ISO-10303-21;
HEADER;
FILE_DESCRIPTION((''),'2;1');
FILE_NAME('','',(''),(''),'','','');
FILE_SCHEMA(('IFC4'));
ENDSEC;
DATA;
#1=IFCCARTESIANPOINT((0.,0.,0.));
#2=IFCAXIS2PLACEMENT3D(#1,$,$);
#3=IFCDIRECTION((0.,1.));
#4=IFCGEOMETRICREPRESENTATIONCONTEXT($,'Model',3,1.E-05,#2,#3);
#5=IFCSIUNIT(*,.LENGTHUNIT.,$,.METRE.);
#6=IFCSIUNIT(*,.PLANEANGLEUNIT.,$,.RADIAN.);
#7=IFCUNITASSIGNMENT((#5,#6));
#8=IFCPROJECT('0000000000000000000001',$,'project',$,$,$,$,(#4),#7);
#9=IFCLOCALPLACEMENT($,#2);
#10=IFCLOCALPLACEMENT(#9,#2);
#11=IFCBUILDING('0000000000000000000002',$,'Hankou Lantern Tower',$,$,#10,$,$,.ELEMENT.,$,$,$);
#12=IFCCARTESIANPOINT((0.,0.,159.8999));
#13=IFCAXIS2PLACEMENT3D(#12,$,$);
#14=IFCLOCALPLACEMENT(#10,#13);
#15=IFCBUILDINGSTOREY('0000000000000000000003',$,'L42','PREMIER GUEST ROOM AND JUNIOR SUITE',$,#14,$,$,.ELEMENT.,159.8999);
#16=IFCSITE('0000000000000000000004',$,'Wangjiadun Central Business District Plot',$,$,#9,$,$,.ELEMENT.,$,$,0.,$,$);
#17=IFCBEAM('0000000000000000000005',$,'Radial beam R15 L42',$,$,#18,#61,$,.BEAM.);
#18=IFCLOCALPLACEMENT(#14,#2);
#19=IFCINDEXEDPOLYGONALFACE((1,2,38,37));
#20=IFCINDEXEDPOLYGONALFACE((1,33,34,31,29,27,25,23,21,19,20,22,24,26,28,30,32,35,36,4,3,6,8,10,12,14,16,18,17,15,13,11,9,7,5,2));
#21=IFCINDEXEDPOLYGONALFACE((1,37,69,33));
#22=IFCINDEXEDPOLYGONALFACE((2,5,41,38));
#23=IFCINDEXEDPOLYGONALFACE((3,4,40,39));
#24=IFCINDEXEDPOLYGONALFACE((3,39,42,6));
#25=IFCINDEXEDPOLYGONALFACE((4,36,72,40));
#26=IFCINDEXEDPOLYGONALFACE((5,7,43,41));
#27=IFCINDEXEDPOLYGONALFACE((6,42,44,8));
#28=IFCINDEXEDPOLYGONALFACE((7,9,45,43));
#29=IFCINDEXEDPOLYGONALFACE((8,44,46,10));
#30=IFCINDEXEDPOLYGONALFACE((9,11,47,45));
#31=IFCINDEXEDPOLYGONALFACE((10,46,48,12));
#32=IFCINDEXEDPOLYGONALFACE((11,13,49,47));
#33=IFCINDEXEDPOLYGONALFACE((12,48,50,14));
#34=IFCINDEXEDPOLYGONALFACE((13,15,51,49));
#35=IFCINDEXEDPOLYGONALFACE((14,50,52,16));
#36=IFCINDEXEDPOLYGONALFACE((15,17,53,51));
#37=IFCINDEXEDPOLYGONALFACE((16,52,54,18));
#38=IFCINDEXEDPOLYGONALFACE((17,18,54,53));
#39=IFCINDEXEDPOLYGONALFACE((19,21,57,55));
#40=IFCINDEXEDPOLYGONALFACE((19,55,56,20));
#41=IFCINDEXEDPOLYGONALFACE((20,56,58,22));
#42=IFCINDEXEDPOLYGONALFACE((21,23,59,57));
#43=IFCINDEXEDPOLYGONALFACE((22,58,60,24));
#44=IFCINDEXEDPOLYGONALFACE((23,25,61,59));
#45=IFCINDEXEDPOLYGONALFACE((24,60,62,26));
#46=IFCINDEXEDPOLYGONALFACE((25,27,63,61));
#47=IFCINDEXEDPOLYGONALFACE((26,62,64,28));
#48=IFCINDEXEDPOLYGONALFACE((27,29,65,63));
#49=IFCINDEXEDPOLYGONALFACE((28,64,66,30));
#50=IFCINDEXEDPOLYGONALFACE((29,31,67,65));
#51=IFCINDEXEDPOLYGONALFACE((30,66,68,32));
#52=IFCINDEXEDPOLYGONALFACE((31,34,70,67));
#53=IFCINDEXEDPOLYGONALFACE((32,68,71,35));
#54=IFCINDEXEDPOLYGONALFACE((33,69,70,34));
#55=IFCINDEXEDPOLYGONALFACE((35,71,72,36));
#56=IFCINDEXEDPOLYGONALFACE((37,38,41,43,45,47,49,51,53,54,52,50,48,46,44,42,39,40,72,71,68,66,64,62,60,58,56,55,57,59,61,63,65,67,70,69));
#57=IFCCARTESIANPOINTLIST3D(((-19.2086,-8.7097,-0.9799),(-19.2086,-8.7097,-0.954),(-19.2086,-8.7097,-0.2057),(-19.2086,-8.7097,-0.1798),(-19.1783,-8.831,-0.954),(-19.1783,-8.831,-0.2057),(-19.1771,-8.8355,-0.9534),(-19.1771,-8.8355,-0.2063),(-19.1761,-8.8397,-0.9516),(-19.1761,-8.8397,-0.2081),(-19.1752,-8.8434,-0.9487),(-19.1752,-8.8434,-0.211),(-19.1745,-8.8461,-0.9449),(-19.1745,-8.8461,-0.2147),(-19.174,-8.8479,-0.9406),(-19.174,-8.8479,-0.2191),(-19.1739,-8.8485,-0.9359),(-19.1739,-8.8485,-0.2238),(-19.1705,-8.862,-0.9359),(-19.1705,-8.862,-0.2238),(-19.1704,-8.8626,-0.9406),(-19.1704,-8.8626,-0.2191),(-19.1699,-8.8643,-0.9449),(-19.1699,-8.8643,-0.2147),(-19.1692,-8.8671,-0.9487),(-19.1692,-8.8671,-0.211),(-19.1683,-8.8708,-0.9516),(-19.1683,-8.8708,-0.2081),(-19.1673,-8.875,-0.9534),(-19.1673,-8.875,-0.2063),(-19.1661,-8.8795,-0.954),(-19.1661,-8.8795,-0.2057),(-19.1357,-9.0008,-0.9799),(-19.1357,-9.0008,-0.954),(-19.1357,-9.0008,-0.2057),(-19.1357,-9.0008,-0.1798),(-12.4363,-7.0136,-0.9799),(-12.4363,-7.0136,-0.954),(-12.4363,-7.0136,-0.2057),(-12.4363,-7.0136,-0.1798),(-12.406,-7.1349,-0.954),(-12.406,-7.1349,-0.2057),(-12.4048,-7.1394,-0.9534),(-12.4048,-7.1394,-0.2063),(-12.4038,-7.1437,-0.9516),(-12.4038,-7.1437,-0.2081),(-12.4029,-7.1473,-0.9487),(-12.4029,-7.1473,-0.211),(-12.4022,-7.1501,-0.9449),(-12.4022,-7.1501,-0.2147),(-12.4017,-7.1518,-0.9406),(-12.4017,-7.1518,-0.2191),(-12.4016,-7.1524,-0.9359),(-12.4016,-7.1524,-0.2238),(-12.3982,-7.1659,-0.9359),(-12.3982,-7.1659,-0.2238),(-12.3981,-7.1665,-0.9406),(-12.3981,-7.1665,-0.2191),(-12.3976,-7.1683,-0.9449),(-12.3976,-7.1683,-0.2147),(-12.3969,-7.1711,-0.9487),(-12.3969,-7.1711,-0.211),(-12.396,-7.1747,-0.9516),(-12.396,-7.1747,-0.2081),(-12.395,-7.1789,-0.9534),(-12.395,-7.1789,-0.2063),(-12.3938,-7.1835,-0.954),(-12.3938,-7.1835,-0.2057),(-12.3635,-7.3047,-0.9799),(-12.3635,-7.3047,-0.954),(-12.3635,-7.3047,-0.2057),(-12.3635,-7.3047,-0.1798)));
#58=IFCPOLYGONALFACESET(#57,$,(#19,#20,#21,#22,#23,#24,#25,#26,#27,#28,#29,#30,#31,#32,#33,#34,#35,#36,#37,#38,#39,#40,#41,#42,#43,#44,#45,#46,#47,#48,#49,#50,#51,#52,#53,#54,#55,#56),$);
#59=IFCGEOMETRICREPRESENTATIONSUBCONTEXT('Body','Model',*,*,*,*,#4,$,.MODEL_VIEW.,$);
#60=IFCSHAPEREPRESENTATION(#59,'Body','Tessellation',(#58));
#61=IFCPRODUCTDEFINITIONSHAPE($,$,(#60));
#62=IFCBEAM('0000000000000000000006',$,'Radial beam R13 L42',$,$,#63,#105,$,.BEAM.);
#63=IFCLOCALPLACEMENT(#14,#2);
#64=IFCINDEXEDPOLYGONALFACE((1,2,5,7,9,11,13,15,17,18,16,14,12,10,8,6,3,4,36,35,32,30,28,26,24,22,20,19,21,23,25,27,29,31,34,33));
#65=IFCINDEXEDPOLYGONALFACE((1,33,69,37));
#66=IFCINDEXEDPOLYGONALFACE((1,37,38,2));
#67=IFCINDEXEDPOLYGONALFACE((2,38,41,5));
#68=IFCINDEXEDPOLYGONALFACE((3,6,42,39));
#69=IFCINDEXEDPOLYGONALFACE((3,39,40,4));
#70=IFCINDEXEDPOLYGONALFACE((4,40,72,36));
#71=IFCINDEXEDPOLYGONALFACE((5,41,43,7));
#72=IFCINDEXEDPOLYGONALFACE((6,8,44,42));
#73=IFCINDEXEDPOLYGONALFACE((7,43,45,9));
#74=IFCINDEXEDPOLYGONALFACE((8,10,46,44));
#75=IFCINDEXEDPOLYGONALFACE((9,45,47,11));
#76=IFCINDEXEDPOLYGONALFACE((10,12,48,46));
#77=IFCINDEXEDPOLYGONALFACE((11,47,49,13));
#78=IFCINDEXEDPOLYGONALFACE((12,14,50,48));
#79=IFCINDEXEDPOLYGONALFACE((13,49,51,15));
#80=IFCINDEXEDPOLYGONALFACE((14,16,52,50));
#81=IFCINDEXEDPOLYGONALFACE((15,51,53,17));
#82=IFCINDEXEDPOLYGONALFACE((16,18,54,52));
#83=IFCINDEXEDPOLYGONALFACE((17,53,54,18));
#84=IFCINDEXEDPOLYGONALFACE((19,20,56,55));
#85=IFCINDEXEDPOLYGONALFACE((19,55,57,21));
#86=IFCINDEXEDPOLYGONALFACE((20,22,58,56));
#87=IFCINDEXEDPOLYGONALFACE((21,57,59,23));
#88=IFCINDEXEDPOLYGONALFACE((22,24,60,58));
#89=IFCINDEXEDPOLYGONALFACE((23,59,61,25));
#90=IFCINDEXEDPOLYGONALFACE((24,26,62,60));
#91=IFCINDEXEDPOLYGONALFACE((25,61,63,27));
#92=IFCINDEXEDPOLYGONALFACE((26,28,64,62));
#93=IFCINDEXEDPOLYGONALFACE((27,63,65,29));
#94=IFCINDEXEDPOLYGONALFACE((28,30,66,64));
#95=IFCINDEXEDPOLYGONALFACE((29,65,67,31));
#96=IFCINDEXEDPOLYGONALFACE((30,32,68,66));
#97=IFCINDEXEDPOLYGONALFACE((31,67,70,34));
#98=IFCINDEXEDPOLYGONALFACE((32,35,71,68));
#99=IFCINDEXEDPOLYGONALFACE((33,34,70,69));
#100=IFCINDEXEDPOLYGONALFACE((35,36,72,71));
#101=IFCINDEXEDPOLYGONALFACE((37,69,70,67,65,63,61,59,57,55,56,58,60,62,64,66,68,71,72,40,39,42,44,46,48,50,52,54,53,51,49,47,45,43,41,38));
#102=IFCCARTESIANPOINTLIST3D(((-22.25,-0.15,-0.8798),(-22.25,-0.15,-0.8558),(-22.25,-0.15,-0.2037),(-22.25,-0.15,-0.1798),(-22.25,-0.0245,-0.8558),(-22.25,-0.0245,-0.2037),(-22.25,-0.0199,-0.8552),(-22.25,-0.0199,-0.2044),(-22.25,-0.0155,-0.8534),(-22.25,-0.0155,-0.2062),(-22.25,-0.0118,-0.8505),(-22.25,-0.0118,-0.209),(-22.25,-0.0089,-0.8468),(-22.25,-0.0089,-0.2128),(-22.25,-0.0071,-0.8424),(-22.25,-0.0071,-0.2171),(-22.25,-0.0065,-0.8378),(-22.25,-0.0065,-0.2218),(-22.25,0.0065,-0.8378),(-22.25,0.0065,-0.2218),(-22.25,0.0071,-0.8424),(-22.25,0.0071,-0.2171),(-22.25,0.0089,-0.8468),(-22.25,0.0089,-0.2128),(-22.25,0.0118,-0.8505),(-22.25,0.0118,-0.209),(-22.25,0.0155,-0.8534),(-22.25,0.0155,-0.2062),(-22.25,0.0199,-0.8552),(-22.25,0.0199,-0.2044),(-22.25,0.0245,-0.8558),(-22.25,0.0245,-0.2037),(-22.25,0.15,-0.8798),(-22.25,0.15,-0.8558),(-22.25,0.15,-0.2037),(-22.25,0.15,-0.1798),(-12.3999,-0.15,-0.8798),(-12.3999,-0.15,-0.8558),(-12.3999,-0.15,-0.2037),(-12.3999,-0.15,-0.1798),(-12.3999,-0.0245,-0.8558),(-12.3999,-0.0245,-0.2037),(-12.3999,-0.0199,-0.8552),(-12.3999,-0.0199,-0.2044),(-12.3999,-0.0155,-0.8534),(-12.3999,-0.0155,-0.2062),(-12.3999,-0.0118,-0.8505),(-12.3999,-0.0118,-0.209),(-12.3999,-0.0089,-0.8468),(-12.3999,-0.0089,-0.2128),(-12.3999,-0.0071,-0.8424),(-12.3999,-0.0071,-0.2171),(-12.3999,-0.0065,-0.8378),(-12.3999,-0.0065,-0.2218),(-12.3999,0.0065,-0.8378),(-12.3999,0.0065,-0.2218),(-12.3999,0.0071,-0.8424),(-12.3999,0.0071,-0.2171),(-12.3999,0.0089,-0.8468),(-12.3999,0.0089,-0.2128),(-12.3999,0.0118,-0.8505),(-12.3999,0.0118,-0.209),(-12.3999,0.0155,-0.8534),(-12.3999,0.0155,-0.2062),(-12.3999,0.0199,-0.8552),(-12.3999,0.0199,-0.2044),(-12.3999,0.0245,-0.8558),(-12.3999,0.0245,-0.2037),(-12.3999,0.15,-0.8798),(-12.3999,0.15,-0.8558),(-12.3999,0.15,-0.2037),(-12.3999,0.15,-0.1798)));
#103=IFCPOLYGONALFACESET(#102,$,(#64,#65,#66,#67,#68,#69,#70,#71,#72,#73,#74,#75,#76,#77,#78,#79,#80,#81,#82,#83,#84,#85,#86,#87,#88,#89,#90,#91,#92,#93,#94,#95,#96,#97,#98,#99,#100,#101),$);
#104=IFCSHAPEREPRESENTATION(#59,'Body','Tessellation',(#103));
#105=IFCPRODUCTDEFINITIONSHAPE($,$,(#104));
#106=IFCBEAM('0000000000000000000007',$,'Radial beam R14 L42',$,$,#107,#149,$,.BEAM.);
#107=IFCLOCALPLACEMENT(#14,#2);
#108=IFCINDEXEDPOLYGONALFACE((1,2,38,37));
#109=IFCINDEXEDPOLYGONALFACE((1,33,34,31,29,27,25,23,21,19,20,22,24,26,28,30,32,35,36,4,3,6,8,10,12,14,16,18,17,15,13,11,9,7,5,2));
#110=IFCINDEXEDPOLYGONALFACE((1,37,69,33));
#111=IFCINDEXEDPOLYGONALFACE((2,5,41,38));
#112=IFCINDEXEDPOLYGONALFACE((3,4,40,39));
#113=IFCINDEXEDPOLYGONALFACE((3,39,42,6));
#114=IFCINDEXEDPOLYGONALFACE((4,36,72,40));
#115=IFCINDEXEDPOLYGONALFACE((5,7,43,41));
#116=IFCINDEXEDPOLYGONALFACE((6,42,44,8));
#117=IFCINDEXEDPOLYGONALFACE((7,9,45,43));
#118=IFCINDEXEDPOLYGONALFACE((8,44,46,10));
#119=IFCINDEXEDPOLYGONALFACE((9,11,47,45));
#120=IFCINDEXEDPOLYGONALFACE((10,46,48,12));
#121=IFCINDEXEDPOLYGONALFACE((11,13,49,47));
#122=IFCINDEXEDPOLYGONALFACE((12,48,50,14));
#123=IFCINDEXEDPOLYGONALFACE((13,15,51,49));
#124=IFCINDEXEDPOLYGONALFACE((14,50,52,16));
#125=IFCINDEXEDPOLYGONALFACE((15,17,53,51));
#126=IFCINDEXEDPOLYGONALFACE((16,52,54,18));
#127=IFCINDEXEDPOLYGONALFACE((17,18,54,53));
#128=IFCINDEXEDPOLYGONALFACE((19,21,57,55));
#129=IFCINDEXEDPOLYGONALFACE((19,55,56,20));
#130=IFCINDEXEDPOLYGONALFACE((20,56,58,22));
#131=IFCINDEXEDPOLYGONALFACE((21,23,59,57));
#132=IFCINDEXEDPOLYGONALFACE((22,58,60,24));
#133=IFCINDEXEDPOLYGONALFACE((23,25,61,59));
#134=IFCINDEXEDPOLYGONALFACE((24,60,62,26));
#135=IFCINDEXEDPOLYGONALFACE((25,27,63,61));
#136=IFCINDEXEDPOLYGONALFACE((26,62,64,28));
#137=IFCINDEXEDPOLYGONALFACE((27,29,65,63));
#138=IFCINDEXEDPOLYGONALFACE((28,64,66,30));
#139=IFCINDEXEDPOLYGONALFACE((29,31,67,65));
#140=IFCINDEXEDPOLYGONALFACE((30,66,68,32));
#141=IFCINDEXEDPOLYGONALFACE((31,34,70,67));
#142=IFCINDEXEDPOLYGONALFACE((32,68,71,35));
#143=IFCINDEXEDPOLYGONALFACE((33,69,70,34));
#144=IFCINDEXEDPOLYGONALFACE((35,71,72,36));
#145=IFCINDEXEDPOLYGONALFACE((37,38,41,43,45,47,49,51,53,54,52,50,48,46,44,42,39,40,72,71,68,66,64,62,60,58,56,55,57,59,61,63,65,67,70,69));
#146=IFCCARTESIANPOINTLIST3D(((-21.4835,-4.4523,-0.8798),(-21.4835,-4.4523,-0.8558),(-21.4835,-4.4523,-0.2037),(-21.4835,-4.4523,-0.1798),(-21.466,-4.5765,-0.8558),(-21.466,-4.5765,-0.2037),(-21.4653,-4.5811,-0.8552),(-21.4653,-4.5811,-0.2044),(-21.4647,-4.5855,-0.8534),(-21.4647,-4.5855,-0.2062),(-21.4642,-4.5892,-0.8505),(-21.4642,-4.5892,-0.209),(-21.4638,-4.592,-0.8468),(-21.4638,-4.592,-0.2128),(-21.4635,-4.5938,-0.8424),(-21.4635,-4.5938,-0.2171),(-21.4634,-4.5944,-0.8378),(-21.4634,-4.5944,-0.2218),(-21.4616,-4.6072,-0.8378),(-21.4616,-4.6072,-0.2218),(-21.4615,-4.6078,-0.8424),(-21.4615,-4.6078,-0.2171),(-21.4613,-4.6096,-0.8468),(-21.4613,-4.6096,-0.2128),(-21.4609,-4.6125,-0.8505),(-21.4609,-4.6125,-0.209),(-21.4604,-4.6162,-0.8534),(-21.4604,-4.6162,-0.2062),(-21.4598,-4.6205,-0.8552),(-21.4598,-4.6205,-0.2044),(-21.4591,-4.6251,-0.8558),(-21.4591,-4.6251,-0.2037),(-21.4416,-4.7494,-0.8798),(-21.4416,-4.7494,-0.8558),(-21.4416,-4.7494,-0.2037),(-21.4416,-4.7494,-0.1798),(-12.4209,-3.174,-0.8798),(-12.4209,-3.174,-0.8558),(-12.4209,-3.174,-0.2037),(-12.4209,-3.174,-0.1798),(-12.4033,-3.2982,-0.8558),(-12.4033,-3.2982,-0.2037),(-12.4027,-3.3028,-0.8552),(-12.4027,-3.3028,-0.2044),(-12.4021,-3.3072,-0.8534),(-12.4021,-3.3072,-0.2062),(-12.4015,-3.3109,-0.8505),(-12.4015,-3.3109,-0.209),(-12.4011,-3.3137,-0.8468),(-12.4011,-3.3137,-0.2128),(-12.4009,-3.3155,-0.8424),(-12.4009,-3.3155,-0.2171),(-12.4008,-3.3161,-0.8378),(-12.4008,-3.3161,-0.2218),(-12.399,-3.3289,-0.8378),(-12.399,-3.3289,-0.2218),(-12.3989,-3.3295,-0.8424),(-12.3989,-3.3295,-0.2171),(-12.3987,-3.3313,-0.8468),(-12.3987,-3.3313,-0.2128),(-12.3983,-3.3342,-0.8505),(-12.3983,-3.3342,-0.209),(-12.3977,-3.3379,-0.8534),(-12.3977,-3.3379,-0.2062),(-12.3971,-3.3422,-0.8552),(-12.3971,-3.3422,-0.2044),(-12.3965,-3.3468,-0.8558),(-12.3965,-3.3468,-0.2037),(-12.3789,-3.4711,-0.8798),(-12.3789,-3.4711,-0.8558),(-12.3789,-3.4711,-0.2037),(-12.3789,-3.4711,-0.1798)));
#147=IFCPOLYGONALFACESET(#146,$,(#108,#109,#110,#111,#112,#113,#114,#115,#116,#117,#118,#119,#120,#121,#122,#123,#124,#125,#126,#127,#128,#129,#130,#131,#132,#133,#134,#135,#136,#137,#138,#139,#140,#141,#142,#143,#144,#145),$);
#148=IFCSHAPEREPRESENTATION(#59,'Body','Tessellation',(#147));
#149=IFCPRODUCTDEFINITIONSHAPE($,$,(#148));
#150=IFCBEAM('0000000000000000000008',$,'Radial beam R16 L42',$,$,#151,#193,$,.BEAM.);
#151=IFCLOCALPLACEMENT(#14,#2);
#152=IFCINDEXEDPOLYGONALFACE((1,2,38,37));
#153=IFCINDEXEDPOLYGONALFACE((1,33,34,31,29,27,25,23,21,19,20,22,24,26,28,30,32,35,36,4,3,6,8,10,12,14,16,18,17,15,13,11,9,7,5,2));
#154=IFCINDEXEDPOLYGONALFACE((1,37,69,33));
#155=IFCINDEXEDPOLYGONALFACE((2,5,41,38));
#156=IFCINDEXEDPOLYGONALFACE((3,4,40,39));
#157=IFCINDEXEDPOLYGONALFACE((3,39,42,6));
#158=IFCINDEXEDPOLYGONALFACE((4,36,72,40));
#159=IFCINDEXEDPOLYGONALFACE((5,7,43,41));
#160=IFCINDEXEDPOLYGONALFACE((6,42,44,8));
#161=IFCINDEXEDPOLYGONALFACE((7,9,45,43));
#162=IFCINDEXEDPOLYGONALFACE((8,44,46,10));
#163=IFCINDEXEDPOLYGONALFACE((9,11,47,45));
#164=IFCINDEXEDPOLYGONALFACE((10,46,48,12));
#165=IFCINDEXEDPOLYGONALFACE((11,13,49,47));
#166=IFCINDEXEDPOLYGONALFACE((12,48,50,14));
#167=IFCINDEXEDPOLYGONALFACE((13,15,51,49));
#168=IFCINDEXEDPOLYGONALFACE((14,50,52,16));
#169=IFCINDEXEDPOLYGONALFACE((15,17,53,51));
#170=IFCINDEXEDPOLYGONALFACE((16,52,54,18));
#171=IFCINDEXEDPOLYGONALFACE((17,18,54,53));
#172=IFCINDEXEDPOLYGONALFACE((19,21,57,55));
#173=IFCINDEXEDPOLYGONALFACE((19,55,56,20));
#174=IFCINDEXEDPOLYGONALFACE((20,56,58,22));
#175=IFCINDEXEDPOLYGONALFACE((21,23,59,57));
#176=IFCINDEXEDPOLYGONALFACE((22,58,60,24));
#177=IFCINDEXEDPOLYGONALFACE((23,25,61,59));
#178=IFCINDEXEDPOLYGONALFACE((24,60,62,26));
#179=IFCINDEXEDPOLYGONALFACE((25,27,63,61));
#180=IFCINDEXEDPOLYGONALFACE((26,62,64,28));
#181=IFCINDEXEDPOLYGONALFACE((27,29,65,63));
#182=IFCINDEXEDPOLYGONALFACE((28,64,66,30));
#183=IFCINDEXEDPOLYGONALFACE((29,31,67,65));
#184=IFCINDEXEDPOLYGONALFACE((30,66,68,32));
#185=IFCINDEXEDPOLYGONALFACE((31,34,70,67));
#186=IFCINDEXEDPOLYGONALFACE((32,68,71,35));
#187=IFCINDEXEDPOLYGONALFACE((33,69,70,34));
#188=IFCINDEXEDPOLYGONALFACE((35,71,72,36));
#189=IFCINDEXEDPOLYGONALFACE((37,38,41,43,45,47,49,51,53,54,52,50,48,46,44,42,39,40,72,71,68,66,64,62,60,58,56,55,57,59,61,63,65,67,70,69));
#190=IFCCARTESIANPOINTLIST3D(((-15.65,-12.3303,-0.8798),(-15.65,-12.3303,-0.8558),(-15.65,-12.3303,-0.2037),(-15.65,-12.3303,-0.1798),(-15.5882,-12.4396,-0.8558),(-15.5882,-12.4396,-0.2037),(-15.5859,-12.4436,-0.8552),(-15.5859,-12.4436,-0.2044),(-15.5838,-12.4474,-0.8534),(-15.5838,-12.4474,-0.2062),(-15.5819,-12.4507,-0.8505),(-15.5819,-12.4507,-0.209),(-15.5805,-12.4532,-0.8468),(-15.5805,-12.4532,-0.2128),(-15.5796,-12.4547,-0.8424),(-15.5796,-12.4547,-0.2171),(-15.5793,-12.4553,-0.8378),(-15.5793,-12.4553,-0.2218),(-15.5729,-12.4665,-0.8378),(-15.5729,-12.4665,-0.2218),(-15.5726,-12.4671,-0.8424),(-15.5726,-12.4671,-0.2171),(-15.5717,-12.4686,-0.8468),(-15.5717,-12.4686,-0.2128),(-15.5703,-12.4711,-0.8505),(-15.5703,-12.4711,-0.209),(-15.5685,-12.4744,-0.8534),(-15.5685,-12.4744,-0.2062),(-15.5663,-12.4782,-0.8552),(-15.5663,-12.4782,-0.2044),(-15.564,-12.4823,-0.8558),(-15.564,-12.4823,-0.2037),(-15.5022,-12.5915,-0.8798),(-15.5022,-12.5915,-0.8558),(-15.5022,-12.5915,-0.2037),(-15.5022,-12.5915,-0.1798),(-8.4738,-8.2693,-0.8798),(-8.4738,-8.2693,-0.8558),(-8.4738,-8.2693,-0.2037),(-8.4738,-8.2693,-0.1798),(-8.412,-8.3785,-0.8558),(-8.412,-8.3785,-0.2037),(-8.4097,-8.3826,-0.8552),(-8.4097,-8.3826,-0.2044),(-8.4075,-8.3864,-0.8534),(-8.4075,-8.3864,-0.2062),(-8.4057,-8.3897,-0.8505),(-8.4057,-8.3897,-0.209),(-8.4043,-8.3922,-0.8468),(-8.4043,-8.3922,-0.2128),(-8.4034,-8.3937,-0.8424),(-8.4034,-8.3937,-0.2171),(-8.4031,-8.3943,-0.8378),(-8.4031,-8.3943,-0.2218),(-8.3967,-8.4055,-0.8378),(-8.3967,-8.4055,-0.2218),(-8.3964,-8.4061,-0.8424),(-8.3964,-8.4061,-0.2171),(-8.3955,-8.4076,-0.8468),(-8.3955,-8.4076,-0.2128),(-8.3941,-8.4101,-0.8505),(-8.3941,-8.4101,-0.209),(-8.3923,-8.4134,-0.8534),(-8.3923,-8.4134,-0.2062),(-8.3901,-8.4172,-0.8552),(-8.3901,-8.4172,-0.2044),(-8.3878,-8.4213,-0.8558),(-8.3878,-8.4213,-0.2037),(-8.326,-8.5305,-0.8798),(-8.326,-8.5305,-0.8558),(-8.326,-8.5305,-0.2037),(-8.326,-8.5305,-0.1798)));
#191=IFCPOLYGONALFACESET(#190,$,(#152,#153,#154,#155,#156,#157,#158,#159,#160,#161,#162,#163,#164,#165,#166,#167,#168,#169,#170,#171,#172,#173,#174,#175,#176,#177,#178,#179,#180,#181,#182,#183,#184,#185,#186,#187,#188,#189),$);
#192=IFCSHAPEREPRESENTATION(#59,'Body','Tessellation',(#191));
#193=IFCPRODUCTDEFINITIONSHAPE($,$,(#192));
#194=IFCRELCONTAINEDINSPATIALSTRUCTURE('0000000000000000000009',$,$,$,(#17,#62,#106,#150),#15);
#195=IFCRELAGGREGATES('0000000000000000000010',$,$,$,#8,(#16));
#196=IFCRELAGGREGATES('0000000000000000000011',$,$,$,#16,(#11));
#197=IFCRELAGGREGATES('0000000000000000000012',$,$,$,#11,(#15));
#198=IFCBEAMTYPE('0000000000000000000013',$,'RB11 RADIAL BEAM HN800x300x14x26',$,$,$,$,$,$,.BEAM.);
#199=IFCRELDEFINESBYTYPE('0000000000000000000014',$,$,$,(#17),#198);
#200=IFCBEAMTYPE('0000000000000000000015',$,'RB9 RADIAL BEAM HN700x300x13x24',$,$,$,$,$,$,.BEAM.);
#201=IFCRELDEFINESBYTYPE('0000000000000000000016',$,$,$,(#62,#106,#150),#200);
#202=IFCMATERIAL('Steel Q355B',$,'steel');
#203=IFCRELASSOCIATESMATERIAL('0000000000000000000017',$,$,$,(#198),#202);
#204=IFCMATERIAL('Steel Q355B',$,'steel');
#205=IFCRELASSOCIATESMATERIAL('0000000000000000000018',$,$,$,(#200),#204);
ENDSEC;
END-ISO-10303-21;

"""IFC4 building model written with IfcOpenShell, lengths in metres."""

from ifc_helpers import new_model, si_unit, direction, frame, origin, origin_2d, place, context, subcontext, project, spatial, i_section, extrude, material, material_profile, profile_set, type_object, element, save


model = new_model("IFC4")

# Units and contexts
model_context = context("Model", 3, precision=1e-05, world=origin(), true_north=direction((0.0, 1.0)))
body_context = subcontext(model_context, "Body", "Model", "MODEL_VIEW")
ifc_project = project(units=[si_unit("LENGTHUNIT", "METRE"), si_unit("PLANEANGLEUNIT", "RADIAN")], contexts=[model_context])

# Site, building, storey
site_placement = place(None, origin())
site = spatial("IfcSite", under=ifc_project, at=site_placement, Name="Wangjiadun Central Business District Plot", CompositionType="ELEMENT", RefElevation=0.0)
building_placement = place(site_placement, origin())
building = spatial("IfcBuilding", under=site, at=building_placement, Name="Hankou Lantern Tower", CompositionType="ELEMENT")
storey_placement = place(building_placement, frame((0.0, 0.0, 159.8999)))
storey = spatial("IfcBuildingStorey", under=building, at=storey_placement, Name="L42", Description="PREMIER GUEST ROOM AND JUNIOR SUITE", CompositionType="ELEMENT", Elevation=159.8999)

# Beams
ifc_material_1 = material(Name="Steel Q355B", Category="steel")
ifc_material_profile_1 = material_profile(ifc_material_1, i_section(OverallWidth=0.3, OverallDepth=0.8, WebThickness=0.0139, FlangeThickness=0.0259, FilletRadius=0.0181, at=origin_2d()), Name="HN800x300x14x26")
ifc_profile_set_1 = profile_set([ifc_material_profile_1], Name="Steel Q355B")
beam_type_1 = type_object("IfcBeamType", Name="RB11 RADIAL BEAM HN800x300x14x26", PredefinedType="BEAM", material=ifc_profile_set_1)
beam_1_placement = place(storey_placement, frame((-12.3999, -7.1592, -0.5798), z_axis=(-0.970042, -0.242939, 0.0), x_axis=(0.242939, -0.970042, 0.0)))
element("IfcBeam", 1, at=beam_1_placement, inside=storey, type_object=beam_type_1, Name="Radial beam R15 L42", PredefinedType="BEAM", context=body_context, shape_type="SweptSolid", body=[
    extrude(i_section(OverallWidth=0.3, OverallDepth=0.8, WebThickness=0.0139, FlangeThickness=0.0259, FilletRadius=0.0181, at=origin_2d()), origin(), (0.0, 0.0, 1.0), 6.9814),
])
ifc_material_2 = material(Name="Steel Q355B", Category="steel")
ifc_material_profile_2 = material_profile(ifc_material_2, i_section(OverallWidth=0.3, OverallDepth=0.7, WebThickness=0.0129, FlangeThickness=0.0239, FilletRadius=0.0181, at=origin_2d()), Name="HN700x300x13x24")
ifc_profile_set_2 = profile_set([ifc_material_profile_2], Name="Steel Q355B")
beam_type_2 = type_object("IfcBeamType", Name="RB9 RADIAL BEAM HN700x300x13x24", PredefinedType="BEAM", material=ifc_profile_set_2)
beam_2_placement = place(storey_placement, frame((-12.3999, 0.0, -0.5298), z_axis=(-1.0, 0.0, 0.0), x_axis=(0.0, -1.0, 0.0)))
element("IfcBeam", 2, at=beam_2_placement, inside=storey, type_object=beam_type_2, Name="Radial beam R13 L42", PredefinedType="BEAM", context=body_context, shape_type="SweptSolid", body=[
    extrude(i_section(OverallWidth=0.3, OverallDepth=0.7, WebThickness=0.0129, FlangeThickness=0.0239, FilletRadius=0.0181, at=origin_2d()), origin(), (0.0, 0.0, 1.0), 9.8501),
])
beam_3_placement = place(storey_placement, frame((-12.3999, -3.3225, -0.5298), z_axis=(-0.990198, -0.13967, 0.0), x_axis=(0.13967, -0.990198, 0.0)))
element("IfcBeam", 3, at=beam_3_placement, inside=storey, type_object=beam_type_2, Name="Radial beam R14 L42", PredefinedType="BEAM", context=body_context, shape_type="SweptSolid", body=[
    extrude(i_section(OverallWidth=0.3, OverallDepth=0.7, WebThickness=0.0129, FlangeThickness=0.0239, FilletRadius=0.0181, at=origin_2d()), origin(), (0.0, 0.0, 1.0), 9.1523),
])
beam_4_placement = place(storey_placement, frame((-8.3999, -8.3999, -0.5298), z_axis=(-0.870309, -0.492506, 0.0), x_axis=(0.492506, -0.870309, 0.0)))
element("IfcBeam", 4, at=beam_4_placement, inside=storey, type_object=beam_type_2, Name="Radial beam R16 L42", PredefinedType="BEAM", context=body_context, shape_type="SweptSolid", body=[
    extrude(i_section(OverallWidth=0.3, OverallDepth=0.7, WebThickness=0.0129, FlangeThickness=0.0239, FilletRadius=0.0181, at=origin_2d()), origin(), (0.0, 0.0, 1.0), 8.2456),
])

save(model, "model.ifc")
